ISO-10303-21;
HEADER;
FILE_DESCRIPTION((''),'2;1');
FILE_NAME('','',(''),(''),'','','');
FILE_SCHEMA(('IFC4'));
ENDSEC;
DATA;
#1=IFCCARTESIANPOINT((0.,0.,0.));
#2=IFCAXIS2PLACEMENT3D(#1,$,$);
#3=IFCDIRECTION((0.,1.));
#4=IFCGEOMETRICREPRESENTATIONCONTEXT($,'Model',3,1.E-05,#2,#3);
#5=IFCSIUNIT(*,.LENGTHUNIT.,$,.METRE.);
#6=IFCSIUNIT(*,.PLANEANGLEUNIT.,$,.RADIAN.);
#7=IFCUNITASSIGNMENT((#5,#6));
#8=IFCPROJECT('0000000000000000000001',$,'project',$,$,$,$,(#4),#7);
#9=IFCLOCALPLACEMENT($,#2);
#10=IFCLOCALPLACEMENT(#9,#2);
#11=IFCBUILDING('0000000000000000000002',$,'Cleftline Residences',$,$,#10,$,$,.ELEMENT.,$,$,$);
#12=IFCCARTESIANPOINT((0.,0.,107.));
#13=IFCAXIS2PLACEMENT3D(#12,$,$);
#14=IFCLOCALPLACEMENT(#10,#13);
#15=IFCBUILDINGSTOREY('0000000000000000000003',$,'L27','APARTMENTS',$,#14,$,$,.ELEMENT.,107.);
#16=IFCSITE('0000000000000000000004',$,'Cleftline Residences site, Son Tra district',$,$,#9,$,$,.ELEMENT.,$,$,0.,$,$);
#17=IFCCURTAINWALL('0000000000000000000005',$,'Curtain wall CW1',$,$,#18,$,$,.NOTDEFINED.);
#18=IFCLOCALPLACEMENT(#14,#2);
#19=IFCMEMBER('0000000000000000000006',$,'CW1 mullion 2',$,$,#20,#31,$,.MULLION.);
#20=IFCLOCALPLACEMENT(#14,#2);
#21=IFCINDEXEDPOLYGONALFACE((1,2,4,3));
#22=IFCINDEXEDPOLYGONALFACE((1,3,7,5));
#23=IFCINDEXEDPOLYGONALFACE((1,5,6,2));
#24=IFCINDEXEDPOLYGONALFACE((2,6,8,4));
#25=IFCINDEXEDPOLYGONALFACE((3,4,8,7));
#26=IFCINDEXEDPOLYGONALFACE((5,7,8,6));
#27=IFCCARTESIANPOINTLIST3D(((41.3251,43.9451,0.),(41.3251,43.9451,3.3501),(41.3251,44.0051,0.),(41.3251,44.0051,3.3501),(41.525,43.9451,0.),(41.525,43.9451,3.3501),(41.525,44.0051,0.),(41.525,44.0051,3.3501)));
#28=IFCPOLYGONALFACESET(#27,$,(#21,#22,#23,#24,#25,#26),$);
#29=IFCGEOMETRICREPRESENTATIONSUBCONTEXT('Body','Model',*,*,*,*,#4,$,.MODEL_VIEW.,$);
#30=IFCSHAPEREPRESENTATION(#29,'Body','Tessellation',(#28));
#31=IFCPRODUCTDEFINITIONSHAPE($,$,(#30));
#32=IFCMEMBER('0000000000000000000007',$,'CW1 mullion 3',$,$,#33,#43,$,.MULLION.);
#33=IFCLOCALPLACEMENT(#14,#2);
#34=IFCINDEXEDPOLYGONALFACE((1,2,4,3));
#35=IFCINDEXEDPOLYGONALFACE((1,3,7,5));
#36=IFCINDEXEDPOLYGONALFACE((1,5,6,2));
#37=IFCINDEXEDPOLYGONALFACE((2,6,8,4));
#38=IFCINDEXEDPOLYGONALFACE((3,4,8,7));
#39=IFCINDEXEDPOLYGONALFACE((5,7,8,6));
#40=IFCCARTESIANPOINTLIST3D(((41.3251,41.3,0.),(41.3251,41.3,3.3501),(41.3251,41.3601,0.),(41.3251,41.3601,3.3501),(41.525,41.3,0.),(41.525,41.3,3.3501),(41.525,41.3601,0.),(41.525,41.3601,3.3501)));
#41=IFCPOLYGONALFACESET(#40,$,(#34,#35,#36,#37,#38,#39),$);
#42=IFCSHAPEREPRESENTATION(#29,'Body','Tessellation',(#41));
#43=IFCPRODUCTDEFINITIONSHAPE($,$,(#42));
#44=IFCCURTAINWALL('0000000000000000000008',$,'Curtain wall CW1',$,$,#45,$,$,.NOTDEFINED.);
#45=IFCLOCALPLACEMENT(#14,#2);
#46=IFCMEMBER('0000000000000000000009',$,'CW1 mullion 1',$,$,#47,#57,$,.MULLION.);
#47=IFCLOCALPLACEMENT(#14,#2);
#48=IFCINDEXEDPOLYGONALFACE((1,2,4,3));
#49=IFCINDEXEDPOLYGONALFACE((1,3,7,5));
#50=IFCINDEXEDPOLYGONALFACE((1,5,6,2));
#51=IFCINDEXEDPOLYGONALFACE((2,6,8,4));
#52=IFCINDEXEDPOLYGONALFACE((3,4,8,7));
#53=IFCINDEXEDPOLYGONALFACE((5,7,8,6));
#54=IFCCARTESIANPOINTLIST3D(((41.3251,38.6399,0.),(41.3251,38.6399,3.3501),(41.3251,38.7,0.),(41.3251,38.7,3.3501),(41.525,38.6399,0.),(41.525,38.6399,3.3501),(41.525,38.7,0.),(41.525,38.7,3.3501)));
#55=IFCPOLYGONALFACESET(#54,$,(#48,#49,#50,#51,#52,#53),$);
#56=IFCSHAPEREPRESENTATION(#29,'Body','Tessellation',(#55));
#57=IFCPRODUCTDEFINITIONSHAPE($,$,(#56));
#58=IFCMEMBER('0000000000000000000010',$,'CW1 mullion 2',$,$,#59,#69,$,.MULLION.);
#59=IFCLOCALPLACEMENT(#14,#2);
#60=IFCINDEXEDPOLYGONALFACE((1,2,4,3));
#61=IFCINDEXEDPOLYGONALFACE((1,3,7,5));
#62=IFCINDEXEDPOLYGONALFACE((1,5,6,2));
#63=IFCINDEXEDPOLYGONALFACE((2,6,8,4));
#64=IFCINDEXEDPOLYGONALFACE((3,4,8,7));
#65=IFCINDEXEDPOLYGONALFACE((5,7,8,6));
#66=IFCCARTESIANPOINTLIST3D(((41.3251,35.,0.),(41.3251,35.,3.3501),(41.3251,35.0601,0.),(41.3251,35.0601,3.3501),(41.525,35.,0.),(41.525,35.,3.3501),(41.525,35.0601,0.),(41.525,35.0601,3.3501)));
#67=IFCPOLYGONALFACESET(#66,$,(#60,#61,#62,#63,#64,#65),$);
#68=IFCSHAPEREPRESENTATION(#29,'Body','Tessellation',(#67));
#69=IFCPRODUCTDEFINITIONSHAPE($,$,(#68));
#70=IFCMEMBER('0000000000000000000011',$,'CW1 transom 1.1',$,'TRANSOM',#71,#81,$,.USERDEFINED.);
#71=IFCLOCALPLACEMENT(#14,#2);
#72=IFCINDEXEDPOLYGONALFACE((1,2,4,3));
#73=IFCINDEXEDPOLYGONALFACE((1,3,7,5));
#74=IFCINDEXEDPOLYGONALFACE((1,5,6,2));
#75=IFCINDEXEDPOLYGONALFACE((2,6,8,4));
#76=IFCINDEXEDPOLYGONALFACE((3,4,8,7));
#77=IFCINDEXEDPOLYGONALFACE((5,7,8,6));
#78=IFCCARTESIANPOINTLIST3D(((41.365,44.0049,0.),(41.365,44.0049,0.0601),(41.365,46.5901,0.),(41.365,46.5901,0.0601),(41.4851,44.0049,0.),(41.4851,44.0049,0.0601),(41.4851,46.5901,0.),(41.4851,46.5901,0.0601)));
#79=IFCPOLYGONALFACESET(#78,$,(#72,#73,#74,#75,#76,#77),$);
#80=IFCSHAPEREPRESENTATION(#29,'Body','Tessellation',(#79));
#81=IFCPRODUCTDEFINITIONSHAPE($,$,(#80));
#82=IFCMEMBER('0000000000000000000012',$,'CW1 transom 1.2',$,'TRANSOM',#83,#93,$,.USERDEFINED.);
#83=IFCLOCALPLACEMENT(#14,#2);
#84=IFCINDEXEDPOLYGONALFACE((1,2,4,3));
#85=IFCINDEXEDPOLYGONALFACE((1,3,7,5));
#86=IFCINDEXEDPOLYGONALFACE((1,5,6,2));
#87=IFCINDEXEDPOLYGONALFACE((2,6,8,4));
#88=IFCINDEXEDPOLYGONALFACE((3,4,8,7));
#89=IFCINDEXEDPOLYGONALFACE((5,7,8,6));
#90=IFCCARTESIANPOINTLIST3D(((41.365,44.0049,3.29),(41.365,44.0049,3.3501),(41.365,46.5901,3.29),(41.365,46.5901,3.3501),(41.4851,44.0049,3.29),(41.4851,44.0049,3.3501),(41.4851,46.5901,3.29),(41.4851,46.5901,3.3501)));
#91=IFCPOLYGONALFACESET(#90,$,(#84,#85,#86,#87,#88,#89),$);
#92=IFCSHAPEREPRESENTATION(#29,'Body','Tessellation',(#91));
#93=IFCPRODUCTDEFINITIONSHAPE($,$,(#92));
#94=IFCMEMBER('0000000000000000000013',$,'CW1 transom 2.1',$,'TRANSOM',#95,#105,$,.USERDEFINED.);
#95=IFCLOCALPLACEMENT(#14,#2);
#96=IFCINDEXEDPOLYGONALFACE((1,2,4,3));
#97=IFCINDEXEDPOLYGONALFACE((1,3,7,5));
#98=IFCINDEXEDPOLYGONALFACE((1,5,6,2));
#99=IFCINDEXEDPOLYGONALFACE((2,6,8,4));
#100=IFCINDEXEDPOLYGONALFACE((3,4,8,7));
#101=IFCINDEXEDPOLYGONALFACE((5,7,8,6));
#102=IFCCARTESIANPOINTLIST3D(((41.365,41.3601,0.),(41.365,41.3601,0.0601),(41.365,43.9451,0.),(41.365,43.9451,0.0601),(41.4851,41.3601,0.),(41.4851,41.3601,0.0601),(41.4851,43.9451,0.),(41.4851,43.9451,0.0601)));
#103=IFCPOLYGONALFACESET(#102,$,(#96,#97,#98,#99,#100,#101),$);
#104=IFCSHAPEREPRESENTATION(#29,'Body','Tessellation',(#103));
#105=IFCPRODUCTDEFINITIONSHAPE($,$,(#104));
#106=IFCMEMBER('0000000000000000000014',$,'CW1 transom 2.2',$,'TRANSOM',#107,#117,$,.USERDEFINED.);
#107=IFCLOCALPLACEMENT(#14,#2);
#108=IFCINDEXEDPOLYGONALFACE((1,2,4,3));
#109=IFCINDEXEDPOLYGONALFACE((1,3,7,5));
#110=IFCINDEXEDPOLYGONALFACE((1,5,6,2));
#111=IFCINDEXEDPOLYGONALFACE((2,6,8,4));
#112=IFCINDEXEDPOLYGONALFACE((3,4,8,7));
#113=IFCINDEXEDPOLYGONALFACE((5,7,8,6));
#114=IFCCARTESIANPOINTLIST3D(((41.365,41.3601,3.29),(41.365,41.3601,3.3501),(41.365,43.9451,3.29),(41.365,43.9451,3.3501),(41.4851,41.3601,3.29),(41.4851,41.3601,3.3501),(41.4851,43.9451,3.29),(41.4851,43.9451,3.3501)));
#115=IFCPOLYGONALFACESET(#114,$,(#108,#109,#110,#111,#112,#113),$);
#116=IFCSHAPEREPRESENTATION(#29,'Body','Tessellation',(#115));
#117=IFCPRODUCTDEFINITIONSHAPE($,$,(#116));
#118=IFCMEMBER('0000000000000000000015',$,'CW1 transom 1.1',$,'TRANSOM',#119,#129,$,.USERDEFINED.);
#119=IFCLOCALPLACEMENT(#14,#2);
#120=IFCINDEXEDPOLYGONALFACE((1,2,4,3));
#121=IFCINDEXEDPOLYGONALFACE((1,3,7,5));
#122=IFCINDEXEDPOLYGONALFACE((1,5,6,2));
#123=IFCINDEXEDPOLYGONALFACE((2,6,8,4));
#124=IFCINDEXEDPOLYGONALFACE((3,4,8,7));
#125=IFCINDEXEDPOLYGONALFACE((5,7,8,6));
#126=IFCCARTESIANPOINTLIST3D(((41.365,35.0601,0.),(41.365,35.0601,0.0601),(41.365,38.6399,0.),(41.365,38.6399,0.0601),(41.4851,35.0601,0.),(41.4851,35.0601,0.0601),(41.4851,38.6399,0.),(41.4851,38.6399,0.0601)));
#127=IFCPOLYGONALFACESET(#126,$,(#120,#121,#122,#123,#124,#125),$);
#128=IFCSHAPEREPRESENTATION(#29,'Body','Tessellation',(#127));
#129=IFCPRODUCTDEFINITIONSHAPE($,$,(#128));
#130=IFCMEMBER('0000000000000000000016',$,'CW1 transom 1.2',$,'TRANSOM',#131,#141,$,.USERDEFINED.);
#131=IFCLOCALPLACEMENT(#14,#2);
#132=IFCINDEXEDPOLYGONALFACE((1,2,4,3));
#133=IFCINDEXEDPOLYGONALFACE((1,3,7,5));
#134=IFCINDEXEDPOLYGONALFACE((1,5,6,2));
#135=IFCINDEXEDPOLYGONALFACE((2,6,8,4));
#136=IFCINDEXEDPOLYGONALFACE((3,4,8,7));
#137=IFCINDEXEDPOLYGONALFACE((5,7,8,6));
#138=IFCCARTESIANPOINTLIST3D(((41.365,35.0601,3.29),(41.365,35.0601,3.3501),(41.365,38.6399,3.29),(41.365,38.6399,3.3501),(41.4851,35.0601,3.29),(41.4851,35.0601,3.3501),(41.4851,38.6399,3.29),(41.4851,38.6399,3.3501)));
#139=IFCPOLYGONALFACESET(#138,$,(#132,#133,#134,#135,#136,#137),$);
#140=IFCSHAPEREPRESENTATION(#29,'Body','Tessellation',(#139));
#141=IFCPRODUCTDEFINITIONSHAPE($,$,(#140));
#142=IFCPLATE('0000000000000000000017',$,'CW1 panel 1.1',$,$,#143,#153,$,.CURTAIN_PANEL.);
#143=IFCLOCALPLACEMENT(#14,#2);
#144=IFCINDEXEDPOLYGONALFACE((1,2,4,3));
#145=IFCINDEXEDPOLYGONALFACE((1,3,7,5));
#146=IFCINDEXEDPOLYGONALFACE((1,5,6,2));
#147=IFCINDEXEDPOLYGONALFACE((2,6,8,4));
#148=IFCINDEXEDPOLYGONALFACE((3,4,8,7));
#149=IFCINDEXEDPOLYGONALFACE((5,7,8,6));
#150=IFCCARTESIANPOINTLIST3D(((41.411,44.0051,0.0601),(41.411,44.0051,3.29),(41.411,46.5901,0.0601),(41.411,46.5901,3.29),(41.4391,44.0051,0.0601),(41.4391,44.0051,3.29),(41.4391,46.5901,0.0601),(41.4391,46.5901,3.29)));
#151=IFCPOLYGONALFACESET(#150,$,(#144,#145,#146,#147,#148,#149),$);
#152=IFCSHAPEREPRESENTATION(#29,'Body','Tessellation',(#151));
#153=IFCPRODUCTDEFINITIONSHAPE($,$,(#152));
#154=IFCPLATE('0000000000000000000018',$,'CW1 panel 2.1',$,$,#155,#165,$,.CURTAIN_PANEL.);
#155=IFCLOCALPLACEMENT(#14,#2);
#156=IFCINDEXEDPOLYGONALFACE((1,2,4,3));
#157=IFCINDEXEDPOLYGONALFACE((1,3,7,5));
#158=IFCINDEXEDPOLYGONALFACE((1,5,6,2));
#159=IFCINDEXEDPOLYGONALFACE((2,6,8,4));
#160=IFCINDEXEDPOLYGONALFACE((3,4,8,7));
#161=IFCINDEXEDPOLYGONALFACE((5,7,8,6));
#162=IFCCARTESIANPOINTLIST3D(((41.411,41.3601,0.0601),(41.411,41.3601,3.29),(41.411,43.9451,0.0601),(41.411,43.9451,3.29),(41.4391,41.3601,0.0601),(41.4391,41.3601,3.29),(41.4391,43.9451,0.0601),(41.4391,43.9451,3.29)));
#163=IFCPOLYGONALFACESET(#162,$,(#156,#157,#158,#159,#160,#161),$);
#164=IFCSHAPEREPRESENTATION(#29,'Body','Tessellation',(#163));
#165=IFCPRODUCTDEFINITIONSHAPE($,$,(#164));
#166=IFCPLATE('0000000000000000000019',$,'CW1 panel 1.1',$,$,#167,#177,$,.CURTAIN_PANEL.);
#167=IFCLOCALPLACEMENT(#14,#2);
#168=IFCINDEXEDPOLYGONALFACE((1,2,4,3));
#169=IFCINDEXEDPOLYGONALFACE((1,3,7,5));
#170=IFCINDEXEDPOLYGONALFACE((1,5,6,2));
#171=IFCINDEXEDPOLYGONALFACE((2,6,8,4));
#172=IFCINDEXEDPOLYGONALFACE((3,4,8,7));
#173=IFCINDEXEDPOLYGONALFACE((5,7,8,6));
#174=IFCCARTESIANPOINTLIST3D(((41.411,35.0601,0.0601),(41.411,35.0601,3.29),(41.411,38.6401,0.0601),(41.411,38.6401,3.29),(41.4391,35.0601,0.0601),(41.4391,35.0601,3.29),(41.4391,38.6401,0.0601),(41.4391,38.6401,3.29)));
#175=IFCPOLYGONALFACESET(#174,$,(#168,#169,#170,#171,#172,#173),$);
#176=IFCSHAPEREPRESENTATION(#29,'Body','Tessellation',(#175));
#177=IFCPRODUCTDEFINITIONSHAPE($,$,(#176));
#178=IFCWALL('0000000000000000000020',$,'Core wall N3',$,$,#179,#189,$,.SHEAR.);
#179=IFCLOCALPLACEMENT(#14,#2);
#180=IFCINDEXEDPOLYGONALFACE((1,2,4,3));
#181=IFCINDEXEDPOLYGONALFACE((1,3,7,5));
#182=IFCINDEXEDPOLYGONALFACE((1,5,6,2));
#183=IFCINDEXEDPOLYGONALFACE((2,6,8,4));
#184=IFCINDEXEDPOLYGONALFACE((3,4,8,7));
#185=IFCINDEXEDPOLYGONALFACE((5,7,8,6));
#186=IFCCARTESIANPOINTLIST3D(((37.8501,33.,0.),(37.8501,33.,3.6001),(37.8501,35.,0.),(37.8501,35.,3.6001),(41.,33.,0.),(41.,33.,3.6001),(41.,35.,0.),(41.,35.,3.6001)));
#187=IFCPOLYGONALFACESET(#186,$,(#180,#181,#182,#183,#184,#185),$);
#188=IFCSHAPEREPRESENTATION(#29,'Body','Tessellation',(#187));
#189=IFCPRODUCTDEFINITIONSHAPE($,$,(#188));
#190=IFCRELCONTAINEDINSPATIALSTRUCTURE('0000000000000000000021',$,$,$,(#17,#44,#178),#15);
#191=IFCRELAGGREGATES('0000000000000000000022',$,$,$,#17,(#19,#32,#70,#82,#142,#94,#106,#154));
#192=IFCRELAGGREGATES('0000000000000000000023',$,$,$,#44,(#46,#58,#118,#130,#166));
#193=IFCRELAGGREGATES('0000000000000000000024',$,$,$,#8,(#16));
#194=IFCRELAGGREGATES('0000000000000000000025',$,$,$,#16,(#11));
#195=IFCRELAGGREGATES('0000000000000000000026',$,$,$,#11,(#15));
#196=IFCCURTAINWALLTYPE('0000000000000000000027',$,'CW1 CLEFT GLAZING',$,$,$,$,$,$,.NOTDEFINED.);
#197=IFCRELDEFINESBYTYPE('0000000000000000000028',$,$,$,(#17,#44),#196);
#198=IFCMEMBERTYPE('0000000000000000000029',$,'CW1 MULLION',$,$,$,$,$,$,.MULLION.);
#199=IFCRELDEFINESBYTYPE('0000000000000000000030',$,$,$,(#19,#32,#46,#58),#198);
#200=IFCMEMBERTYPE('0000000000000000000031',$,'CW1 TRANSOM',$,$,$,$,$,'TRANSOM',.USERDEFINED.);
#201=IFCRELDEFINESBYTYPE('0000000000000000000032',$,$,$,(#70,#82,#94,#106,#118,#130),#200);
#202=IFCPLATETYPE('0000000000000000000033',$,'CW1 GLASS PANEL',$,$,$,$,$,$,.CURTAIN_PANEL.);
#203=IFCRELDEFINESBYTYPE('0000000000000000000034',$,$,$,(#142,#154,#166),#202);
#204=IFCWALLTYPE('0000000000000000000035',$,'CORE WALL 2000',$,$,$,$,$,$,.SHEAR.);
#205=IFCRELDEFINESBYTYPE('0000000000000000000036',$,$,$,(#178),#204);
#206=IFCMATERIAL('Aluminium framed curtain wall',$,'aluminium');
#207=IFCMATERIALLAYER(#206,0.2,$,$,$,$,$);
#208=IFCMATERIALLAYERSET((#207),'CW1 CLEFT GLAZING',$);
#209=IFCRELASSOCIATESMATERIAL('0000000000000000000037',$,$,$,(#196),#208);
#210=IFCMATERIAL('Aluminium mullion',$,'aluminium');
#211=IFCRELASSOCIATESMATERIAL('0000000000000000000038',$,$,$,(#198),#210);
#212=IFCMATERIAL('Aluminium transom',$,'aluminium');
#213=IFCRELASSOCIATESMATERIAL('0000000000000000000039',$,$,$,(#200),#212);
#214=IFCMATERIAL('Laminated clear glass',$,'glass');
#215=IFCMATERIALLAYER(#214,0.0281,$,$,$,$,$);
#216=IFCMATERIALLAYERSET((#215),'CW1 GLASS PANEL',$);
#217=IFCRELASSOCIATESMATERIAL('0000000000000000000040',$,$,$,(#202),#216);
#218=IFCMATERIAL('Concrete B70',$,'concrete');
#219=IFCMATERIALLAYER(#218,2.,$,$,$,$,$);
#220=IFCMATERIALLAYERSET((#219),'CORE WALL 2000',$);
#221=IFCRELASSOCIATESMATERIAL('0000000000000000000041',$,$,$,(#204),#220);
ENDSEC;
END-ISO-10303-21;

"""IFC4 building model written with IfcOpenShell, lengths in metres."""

from ifc_helpers import new_model, si_unit, direction, frame, frame_2d, origin, origin_2d, place, context, subcontext, project, spatial, rectangle, extrude, material, layer, layer_set, material_profile, profile_set, type_object, element, aggregate, save


model = new_model("IFC4")

# Units and contexts
model_context = context("Model", 3, precision=1e-05, world=origin(), true_north=direction((0.0, 1.0)))
body_context = subcontext(model_context, "Body", "Model", "MODEL_VIEW")
ifc_project = project(units=[si_unit("LENGTHUNIT", "METRE"), si_unit("PLANEANGLEUNIT", "RADIAN")], contexts=[model_context])

# Site, building, storey
site_placement = place(None, origin())
site = spatial("IfcSite", under=ifc_project, at=site_placement, Name="Cleftline Residences site, Son Tra district", CompositionType="ELEMENT", RefElevation=0.0)
building_placement = place(site_placement, origin())
building = spatial("IfcBuilding", under=site, at=building_placement, Name="Cleftline Residences", CompositionType="ELEMENT")
storey_placement = place(building_placement, frame((0.0, 0.0, 107.0)))
storey = spatial("IfcBuildingStorey", under=building, at=storey_placement, Name="L27", Description="APARTMENTS", CompositionType="ELEMENT", Elevation=107.0)

# Curtain walls, members
ifc_material_1 = material(Name="Aluminium framed curtain wall", Category="aluminium")
ifc_layer_1 = layer(ifc_material_1, 0.2)
ifc_layer_set_1 = layer_set([ifc_layer_1], Name="CW1 CLEFT GLAZING")
curtain_wall_type = type_object("IfcCurtainWallType", Name="CW1 CLEFT GLAZING", PredefinedType="NOTDEFINED", material=ifc_layer_set_1)
curtain_wall_1_placement = place(storey_placement, origin())
curtain_wall_1 = element("IfcCurtainWall", 1, at=curtain_wall_1_placement, inside=storey, type_object=curtain_wall_type, Name="Curtain wall CW1", PredefinedType="NOTDEFINED")
ifc_material_2 = material(Name="Aluminium mullion", Category="aluminium")
ifc_material_profile_1 = material_profile(ifc_material_2, rectangle(XDim=0.2, YDim=0.0601, at=origin_2d()))
ifc_profile_set_1 = profile_set([ifc_material_profile_1], Name="Aluminium mullion")
member_type_1 = type_object("IfcMemberType", Name="CW1 MULLION", PredefinedType="MULLION", material=ifc_profile_set_1)
member_1_placement = place(storey_placement, frame((41.425, 43.9751, 0.0), z_axis=(0.0, 0.0, 1.0), x_axis=(1.0, 0.0, 0.0)))
member_1 = element("IfcMember", 2, at=member_1_placement, type_object=member_type_1, Name="CW1 mullion 2", PredefinedType="MULLION", context=body_context, shape_type="SweptSolid", body=[
    extrude(rectangle(XDim=0.2, YDim=0.0601, at=origin_2d()), origin(), (0.0, 0.0, 1.0), 3.3501),
])
member_2_placement = place(storey_placement, frame((41.425, 41.3301, 0.0), z_axis=(0.0, 0.0, 1.0), x_axis=(1.0, 0.0, 0.0)))
member_2 = element("IfcMember", 3, at=member_2_placement, type_object=member_type_1, Name="CW1 mullion 3", PredefinedType="MULLION", context=body_context, shape_type="SweptSolid", body=[
    extrude(rectangle(XDim=0.2, YDim=0.0601, at=origin_2d()), origin(), (0.0, 0.0, 1.0), 3.3501),
])
curtain_wall_2_placement = place(storey_placement, origin())
curtain_wall_2 = element("IfcCurtainWall", 4, at=curtain_wall_2_placement, inside=storey, type_object=curtain_wall_type, Name="Curtain wall CW1", PredefinedType="NOTDEFINED")
member_3_placement = place(storey_placement, frame((41.425, 38.6699, 0.0), z_axis=(0.0, 0.0, 1.0), x_axis=(1.0, 0.0, 0.0)))
member_3 = element("IfcMember", 5, at=member_3_placement, type_object=member_type_1, Name="CW1 mullion 1", PredefinedType="MULLION", context=body_context, shape_type="SweptSolid", body=[
    extrude(rectangle(XDim=0.2, YDim=0.0601, at=origin_2d()), origin(), (0.0, 0.0, 1.0), 3.3501),
])
member_4_placement = place(storey_placement, frame((41.425, 35.03, 0.0), z_axis=(0.0, 0.0, 1.0), x_axis=(1.0, 0.0, 0.0)))
member_4 = element("IfcMember", 6, at=member_4_placement, type_object=member_type_1, Name="CW1 mullion 2", PredefinedType="MULLION", context=body_context, shape_type="SweptSolid", body=[
    extrude(rectangle(XDim=0.2, YDim=0.0601, at=origin_2d()), origin(), (0.0, 0.0, 1.0), 3.3501),
])

# Members
ifc_material_3 = material(Name="Aluminium transom", Category="aluminium")
ifc_material_profile_2 = material_profile(ifc_material_3, rectangle(XDim=0.1201, YDim=0.0601, at=origin_2d()))
ifc_profile_set_2 = profile_set([ifc_material_profile_2], Name="Aluminium transom")
member_type_2 = type_object("IfcMemberType", Name="CW1 TRANSOM", ElementType="TRANSOM", PredefinedType="USERDEFINED", material=ifc_profile_set_2)
member_5_placement = place(storey_placement, frame((41.425, 46.5901, 0.03), z_axis=(0.0, -1.0, 0.0), x_axis=(1.0, 0.0, 0.0)))
member_5 = element("IfcMember", 7, at=member_5_placement, type_object=member_type_2, Name="CW1 transom 1.1", ObjectType="TRANSOM", PredefinedType="USERDEFINED", context=body_context, shape_type="SweptSolid", body=[
    extrude(rectangle(XDim=0.1201, YDim=0.0601, at=origin_2d()), origin(), (0.0, 0.0, 1.0), 2.5852),
])
member_6_placement = place(storey_placement, frame((41.425, 46.5901, 3.3201), z_axis=(0.0, -1.0, 0.0), x_axis=(1.0, 0.0, 0.0)))
member_6 = element("IfcMember", 8, at=member_6_placement, type_object=member_type_2, Name="CW1 transom 1.2", ObjectType="TRANSOM", PredefinedType="USERDEFINED", context=body_context, shape_type="SweptSolid", body=[
    extrude(rectangle(XDim=0.1201, YDim=0.0601, at=origin_2d()), origin(), (0.0, 0.0, 1.0), 2.5852),
])
member_7_placement = place(storey_placement, frame((41.425, 43.9451, 0.03), z_axis=(0.0, -1.0, 0.0), x_axis=(1.0, 0.0, 0.0)))
member_7 = element("IfcMember", 9, at=member_7_placement, type_object=member_type_2, Name="CW1 transom 2.1", ObjectType="TRANSOM", PredefinedType="USERDEFINED", context=body_context, shape_type="SweptSolid", body=[
    extrude(rectangle(XDim=0.1201, YDim=0.0601, at=origin_2d()), origin(), (0.0, 0.0, 1.0), 2.585),
])
member_8_placement = place(storey_placement, frame((41.425, 43.9451, 3.3201), z_axis=(0.0, -1.0, 0.0), x_axis=(1.0, 0.0, 0.0)))
member_8 = element("IfcMember", 10, at=member_8_placement, type_object=member_type_2, Name="CW1 transom 2.2", ObjectType="TRANSOM", PredefinedType="USERDEFINED", context=body_context, shape_type="SweptSolid", body=[
    extrude(rectangle(XDim=0.1201, YDim=0.0601, at=origin_2d()), origin(), (0.0, 0.0, 1.0), 2.585),
])
member_9_placement = place(storey_placement, frame((41.425, 38.6399, 0.03), z_axis=(0.0, -1.0, 0.0), x_axis=(1.0, 0.0, 0.0)))
member_9 = element("IfcMember", 11, at=member_9_placement, type_object=member_type_2, Name="CW1 transom 1.1", ObjectType="TRANSOM", PredefinedType="USERDEFINED", context=body_context, shape_type="SweptSolid", body=[
    extrude(rectangle(XDim=0.1201, YDim=0.0601, at=origin_2d()), origin(), (0.0, 0.0, 1.0), 3.5798),
])
member_10_placement = place(storey_placement, frame((41.425, 38.6399, 3.3201), z_axis=(0.0, -1.0, 0.0), x_axis=(1.0, 0.0, 0.0)))
member_10 = element("IfcMember", 12, at=member_10_placement, type_object=member_type_2, Name="CW1 transom 1.2", ObjectType="TRANSOM", PredefinedType="USERDEFINED", context=body_context, shape_type="SweptSolid", body=[
    extrude(rectangle(XDim=0.1201, YDim=0.0601, at=origin_2d()), origin(), (0.0, 0.0, 1.0), 3.5798),
])

# Plates
ifc_material_4 = material(Name="Laminated clear glass", Category="glass")
ifc_layer_2 = layer(ifc_material_4, 0.0281)
ifc_layer_set_2 = layer_set([ifc_layer_2], Name="CW1 GLASS PANEL")
plate_type = type_object("IfcPlateType", Name="CW1 GLASS PANEL", PredefinedType="CURTAIN_PANEL", material=ifc_layer_set_2)
plate_1_placement = place(storey_placement, frame((41.425, 45.2976, 0.0601), z_axis=(0.0, 0.0, 1.0), x_axis=(0.0, -1.0, 0.0)))
plate_1 = element("IfcPlate", 13, at=plate_1_placement, type_object=plate_type, Name="CW1 panel 1.1", PredefinedType="CURTAIN_PANEL", context=body_context, shape_type="SweptSolid", body=[
    extrude(rectangle(XDim=2.585, YDim=0.0281, at=origin_2d()), origin(), (0.0, 0.0, 1.0), 3.23),
])
plate_2_placement = place(storey_placement, frame((41.425, 42.6526, 0.0601), z_axis=(0.0, 0.0, 1.0), x_axis=(0.0, -1.0, 0.0)))
plate_2 = element("IfcPlate", 14, at=plate_2_placement, type_object=plate_type, Name="CW1 panel 2.1", PredefinedType="CURTAIN_PANEL", context=body_context, shape_type="SweptSolid", body=[
    extrude(rectangle(XDim=2.585, YDim=0.0281, at=origin_2d()), origin(), (0.0, 0.0, 1.0), 3.23),
])
aggregate(curtain_wall_1, [member_1, member_2, member_5, member_6, plate_1, member_7, member_8, plate_2])
plate_3_placement = place(storey_placement, frame((41.425, 36.8501, 0.0601), z_axis=(0.0, 0.0, 1.0), x_axis=(0.0, -1.0, 0.0)))
plate_3 = element("IfcPlate", 15, at=plate_3_placement, type_object=plate_type, Name="CW1 panel 1.1", PredefinedType="CURTAIN_PANEL", context=body_context, shape_type="SweptSolid", body=[
    extrude(rectangle(XDim=3.5801, YDim=0.0281, at=origin_2d()), origin(), (0.0, 0.0, 1.0), 3.23),
])
aggregate(curtain_wall_2, [member_3, member_4, member_9, member_10, plate_3])

# Wall
ifc_material_5 = material(Name="Concrete B70", Category="concrete")
ifc_layer_3 = layer(ifc_material_5, 2.0)
ifc_layer_set_3 = layer_set([ifc_layer_3], Name="CORE WALL 2000")
wall_type_1 = type_object("IfcWallType", Name="CORE WALL 2000", PredefinedType="SHEAR", material=ifc_layer_set_3)
wall_1_placement = place(storey_placement, frame((37.8501, 34.0, 0.0), z_axis=(0.0, 0.0, 1.0), x_axis=(1.0, 0.0, 0.0)))
element("IfcWall", 16, at=wall_1_placement, inside=storey, type_object=wall_type_1, Name="Core wall N3", PredefinedType="SHEAR", context=body_context, shape_type="SweptSolid", body=[
    extrude(rectangle(XDim=3.1499, YDim=2.0, at=frame_2d((1.575, 0.0))), origin(), (0.0, 0.0, 1.0), 3.6001),
])

save(model, "model.ifc")
